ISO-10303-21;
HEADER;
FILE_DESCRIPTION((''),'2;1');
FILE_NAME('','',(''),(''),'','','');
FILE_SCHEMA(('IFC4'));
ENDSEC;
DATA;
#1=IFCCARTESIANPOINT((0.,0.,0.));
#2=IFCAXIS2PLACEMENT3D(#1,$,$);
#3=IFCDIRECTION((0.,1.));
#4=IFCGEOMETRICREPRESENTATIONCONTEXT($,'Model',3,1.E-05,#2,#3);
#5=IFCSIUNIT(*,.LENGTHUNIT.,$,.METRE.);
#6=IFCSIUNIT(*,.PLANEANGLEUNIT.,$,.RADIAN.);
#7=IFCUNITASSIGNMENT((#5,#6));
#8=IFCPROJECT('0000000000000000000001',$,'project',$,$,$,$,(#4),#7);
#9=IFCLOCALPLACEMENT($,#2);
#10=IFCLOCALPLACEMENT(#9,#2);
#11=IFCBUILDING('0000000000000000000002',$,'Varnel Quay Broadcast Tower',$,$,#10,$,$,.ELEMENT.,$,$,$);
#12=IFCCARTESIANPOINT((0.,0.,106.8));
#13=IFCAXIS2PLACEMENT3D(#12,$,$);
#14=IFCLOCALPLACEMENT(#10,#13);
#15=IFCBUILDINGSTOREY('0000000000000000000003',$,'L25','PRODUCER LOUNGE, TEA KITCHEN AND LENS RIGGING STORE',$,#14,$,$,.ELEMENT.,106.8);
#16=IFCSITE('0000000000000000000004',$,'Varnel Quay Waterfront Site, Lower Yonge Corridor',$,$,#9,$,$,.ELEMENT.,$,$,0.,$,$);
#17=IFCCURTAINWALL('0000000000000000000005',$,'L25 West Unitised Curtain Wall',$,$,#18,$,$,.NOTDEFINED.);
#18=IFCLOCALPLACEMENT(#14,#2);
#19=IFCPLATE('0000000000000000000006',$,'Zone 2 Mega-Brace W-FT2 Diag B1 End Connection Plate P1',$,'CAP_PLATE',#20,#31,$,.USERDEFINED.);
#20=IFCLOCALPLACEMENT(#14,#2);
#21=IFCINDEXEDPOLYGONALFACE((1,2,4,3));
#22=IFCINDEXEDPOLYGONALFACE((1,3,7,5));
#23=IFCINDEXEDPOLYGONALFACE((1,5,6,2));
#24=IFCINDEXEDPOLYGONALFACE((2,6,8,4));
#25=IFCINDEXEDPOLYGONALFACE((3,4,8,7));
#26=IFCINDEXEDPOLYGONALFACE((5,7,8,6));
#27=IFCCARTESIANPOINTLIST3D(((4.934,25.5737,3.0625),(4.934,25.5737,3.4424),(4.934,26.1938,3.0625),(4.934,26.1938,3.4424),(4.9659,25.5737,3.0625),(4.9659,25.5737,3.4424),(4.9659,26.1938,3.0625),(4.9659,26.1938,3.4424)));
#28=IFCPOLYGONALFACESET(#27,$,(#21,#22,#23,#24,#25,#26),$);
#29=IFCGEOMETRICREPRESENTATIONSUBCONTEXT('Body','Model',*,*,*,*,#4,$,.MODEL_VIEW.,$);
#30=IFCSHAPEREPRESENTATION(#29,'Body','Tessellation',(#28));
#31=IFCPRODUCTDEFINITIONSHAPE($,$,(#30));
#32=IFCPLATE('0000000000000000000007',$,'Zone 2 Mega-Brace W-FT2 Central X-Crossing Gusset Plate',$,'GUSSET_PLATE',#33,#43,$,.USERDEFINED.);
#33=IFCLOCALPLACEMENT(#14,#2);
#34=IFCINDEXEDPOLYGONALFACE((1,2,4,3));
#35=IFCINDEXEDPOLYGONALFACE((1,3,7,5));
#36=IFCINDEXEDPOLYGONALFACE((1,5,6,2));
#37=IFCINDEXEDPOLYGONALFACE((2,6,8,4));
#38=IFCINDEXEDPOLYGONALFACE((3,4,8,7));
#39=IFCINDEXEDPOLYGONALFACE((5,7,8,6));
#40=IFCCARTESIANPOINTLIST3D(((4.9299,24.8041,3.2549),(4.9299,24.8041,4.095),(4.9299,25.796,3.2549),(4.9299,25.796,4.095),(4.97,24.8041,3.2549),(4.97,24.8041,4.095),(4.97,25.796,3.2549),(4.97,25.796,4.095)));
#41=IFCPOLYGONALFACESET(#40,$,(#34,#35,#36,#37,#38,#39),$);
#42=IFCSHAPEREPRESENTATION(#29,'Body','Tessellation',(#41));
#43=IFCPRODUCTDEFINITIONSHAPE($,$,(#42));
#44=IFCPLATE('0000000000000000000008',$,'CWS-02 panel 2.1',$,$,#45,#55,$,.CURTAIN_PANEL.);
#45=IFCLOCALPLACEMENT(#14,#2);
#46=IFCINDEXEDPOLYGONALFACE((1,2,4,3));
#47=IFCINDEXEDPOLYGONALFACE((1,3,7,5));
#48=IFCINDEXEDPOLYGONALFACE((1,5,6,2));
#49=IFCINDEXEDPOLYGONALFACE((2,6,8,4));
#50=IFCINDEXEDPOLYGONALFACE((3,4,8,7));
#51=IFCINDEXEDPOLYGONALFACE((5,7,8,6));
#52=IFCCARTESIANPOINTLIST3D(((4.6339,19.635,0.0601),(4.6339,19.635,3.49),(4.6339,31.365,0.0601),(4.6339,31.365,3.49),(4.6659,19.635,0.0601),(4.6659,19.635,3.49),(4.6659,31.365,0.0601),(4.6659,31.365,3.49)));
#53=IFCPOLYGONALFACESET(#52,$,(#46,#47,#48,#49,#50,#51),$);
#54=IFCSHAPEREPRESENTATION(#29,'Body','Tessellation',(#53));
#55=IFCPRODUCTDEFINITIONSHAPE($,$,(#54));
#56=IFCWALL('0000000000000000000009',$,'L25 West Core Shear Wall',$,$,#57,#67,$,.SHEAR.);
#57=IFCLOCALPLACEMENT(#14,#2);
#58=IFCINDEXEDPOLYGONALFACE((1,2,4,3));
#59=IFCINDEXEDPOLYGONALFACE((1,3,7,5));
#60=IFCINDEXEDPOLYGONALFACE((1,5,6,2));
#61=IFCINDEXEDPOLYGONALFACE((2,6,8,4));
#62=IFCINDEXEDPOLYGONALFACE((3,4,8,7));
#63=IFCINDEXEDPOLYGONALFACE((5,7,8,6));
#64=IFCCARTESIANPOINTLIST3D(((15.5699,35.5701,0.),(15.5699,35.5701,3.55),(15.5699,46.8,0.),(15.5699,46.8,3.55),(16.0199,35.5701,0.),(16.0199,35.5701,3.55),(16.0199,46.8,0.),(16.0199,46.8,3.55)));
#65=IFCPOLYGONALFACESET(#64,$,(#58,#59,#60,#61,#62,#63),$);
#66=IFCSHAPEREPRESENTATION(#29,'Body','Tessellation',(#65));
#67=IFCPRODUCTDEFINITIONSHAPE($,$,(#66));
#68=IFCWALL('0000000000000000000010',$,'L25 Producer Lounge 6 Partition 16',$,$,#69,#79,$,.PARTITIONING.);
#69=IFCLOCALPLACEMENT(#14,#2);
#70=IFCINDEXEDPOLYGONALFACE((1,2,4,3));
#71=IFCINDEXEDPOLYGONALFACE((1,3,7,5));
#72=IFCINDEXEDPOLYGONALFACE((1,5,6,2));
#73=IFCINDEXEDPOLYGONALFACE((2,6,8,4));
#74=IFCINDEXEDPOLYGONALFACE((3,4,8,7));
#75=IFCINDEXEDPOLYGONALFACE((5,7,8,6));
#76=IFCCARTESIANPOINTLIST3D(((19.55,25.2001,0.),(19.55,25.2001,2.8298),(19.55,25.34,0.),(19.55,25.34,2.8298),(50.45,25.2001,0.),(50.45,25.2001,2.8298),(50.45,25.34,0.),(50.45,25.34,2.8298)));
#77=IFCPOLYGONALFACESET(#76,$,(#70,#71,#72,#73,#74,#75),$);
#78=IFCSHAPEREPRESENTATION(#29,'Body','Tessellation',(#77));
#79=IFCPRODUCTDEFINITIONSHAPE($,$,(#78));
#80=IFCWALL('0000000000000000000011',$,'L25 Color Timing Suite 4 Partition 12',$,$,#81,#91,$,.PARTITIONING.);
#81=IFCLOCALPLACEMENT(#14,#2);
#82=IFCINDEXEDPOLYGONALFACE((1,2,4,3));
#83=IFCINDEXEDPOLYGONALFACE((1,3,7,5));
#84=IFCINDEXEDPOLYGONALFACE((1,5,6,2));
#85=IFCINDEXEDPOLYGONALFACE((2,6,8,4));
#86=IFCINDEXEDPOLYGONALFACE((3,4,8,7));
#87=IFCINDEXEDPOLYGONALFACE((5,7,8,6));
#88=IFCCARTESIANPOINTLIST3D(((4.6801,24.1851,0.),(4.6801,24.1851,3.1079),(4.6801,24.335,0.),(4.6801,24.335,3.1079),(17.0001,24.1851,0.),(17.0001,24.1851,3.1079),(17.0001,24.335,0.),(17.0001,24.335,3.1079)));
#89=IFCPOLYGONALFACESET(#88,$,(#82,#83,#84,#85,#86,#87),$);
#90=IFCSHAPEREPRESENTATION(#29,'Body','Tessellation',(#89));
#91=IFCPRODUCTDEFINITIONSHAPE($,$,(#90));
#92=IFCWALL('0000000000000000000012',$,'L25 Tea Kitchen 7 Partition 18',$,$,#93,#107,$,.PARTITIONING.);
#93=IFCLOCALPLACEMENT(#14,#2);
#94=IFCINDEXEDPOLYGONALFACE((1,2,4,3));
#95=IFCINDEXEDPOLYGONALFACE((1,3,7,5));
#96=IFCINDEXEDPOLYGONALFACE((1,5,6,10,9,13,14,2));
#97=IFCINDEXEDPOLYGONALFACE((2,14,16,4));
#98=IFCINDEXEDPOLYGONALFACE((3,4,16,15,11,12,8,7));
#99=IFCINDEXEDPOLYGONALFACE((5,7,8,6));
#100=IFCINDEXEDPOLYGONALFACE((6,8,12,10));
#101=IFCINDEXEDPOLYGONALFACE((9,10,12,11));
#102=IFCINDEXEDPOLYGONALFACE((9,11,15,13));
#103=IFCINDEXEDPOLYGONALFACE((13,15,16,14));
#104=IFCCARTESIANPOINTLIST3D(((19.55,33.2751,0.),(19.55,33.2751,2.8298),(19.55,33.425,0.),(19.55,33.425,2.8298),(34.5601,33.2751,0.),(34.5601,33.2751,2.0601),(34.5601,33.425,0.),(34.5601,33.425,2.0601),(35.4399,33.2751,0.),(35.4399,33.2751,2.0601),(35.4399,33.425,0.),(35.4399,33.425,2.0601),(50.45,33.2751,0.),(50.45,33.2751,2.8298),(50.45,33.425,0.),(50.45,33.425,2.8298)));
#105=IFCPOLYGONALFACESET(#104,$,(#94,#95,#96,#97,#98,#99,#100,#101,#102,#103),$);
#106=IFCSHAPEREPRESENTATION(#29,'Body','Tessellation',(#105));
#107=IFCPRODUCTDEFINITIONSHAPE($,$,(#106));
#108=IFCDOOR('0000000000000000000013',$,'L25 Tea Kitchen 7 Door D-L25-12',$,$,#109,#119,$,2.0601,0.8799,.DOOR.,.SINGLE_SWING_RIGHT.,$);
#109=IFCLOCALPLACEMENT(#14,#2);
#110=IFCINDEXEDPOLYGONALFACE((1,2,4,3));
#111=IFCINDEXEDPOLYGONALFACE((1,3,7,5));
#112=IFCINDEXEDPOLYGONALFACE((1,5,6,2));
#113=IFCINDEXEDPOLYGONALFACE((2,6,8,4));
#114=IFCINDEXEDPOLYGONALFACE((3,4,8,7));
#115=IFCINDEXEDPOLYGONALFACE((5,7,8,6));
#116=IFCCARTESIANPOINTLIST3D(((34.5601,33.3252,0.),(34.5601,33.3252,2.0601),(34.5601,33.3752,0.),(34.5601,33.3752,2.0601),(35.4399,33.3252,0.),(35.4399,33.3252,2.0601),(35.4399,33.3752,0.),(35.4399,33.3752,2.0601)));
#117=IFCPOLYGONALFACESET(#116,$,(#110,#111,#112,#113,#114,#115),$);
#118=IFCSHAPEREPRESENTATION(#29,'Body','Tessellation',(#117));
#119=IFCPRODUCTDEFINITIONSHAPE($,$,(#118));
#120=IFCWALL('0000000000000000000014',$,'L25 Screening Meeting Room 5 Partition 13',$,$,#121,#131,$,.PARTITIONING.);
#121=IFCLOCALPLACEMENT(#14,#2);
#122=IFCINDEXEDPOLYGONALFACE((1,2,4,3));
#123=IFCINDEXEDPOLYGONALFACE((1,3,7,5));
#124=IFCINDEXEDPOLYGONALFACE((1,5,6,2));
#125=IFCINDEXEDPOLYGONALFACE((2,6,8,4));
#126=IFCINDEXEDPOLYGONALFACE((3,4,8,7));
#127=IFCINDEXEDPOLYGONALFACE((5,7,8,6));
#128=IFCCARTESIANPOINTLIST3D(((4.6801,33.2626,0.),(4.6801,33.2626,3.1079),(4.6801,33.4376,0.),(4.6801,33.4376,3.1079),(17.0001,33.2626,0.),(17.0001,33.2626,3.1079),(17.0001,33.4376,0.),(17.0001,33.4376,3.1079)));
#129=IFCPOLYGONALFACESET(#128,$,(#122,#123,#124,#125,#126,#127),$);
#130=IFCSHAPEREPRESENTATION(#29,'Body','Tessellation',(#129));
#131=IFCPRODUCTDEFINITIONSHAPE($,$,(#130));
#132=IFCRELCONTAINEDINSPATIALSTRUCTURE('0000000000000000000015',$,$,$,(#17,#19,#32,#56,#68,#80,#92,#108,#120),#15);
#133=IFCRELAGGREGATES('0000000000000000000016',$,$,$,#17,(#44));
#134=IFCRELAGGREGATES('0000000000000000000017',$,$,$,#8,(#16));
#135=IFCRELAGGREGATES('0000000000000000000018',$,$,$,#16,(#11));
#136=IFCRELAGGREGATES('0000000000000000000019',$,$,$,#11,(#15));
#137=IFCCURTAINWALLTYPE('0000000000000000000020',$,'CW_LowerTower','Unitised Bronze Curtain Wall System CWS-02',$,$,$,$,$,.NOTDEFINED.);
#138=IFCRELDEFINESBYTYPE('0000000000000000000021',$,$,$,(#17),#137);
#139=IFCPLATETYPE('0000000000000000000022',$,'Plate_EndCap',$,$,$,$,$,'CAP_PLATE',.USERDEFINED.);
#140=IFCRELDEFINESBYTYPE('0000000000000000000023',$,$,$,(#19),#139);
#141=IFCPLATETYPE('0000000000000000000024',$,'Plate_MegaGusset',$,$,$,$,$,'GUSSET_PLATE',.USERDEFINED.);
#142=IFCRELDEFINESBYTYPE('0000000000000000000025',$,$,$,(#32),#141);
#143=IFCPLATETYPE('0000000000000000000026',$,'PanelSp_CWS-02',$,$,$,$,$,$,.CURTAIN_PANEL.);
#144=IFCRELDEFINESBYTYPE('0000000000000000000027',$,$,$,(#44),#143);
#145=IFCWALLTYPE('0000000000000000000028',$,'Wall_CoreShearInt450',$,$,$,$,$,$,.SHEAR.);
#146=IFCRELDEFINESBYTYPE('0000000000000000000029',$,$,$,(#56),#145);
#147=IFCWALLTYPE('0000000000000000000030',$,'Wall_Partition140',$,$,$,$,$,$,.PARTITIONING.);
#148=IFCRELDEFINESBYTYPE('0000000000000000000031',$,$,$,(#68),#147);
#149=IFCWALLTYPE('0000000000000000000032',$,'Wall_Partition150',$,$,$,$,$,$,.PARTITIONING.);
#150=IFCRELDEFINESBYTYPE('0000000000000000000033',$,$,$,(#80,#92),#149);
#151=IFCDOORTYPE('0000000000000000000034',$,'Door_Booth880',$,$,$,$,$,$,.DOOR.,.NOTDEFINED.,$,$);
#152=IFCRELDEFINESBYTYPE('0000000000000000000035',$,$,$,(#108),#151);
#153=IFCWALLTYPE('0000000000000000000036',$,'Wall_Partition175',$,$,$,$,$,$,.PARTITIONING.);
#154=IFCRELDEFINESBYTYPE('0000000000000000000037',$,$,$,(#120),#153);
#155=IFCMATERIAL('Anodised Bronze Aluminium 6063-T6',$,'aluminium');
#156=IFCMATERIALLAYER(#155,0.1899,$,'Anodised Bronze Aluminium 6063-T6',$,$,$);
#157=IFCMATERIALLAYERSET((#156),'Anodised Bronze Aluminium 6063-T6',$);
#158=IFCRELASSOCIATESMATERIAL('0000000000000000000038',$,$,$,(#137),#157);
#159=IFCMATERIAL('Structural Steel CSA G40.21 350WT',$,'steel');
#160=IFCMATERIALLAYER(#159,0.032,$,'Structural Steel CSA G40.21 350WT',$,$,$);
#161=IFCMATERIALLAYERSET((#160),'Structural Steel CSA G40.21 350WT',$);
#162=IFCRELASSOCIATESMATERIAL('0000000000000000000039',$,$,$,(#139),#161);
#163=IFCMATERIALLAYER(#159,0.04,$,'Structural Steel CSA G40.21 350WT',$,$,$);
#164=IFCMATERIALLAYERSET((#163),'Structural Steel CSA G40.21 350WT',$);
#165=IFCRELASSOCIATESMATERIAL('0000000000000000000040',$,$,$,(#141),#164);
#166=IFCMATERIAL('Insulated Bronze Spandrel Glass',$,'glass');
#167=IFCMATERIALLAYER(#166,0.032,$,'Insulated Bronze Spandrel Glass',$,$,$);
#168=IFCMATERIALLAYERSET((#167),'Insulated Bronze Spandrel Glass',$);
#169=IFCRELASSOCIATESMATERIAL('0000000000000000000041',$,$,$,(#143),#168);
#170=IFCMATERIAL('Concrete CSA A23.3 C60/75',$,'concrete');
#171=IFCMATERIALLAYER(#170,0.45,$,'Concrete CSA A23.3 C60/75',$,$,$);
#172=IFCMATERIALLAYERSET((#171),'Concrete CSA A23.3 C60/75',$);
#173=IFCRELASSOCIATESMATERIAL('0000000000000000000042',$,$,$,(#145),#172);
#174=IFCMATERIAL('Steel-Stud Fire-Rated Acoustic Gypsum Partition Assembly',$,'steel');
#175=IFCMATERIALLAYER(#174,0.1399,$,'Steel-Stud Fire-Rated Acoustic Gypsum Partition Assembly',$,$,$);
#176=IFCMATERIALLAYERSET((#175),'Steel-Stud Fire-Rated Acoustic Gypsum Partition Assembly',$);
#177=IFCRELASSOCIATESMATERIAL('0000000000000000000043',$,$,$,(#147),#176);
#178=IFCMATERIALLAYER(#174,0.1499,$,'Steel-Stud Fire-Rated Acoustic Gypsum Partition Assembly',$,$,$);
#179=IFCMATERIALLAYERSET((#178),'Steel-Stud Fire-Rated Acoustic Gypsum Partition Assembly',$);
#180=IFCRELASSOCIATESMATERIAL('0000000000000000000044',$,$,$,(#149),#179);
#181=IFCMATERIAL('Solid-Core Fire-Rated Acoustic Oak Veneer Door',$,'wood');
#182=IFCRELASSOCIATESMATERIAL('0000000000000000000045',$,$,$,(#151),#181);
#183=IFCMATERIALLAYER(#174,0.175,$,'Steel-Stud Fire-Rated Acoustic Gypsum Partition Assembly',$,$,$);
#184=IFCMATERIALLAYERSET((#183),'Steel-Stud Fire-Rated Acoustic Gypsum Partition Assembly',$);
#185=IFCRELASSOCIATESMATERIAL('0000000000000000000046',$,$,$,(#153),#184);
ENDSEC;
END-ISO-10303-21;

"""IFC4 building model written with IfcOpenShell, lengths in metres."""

from ifc_helpers import new_model, si_unit, direction, frame, frame_2d, origin, origin_2d, place, context, subcontext, project, spatial, rectangle, extrude, source, transform, mapped, material, layer, layer_set, type_object, type_shapes, element, fill, aggregate, save


model = new_model("IFC4")

# Units and contexts
model_context = context("Model", 3, precision=1e-05, world=origin(), true_north=direction((0.0, 1.0)))
body_context = subcontext(model_context, "Body", "Model", "MODEL_VIEW")
ifc_project = project(units=[si_unit("LENGTHUNIT", "METRE"), si_unit("PLANEANGLEUNIT", "RADIAN")], contexts=[model_context])

# Site, building, storey
site_placement = place(None, origin())
site = spatial("IfcSite", under=ifc_project, at=site_placement, Name="Varnel Quay Waterfront Site, Lower Yonge Corridor", CompositionType="ELEMENT", RefElevation=0.0)
building_placement = place(site_placement, origin())
building = spatial("IfcBuilding", under=site, at=building_placement, Name="Varnel Quay Broadcast Tower", CompositionType="ELEMENT")
storey_placement = place(building_placement, frame((0.0, 0.0, 106.8)))
storey = spatial("IfcBuildingStorey", under=building, at=storey_placement, Name="L25", Description="PRODUCER LOUNGE, TEA KITCHEN AND LENS RIGGING STORE", CompositionType="ELEMENT", Elevation=106.8)

# Shared definitions
ifc_material_1 = material(Name="Structural Steel CSA G40.21 350WT", Category="steel")

# Shared definitions
ifc_material_2 = material(Name="Concrete CSA A23.3 C60/75", Category="concrete")

# Curtain wall
ifc_material_3 = material(Name="Anodised Bronze Aluminium 6063-T6", Category="aluminium")
ifc_layer_1 = layer(ifc_material_3, 0.1899, Name="Anodised Bronze Aluminium 6063-T6")
ifc_layer_set_1 = layer_set([ifc_layer_1], Name="Anodised Bronze Aluminium 6063-T6")
curtain_wall_type = type_object("IfcCurtainWallType", Name="CW_LowerTower", Description="Unitised Bronze Curtain Wall System CWS-02", PredefinedType="NOTDEFINED", material=ifc_layer_set_1)
curtain_wall_placement = place(storey_placement, origin())
curtain_wall = element("IfcCurtainWall", 1, at=curtain_wall_placement, inside=storey, type_object=curtain_wall_type, Name="L25 West Unitised Curtain Wall", PredefinedType="NOTDEFINED")

# Plates
ifc_layer_2 = layer(ifc_material_1, 0.032, Name="Structural Steel CSA G40.21 350WT")
ifc_layer_set_2 = layer_set([ifc_layer_2], Name="Structural Steel CSA G40.21 350WT")
plate_type_1 = type_object("IfcPlateType", Name="Plate_EndCap", ElementType="CAP_PLATE", PredefinedType="USERDEFINED", material=ifc_layer_set_2)
shared_shape_1 = source(origin(), body_context, "Body", "SweptSolid", [
    extrude(rectangle(XDim=0.6201, YDim=0.032, at=origin_2d()), origin(), (0.0, 0.0, 1.0), 0.3799),
])
type_shapes(plate_type_1, [shared_shape_1])
plate_1_placement = place(storey_placement, frame((4.95, 25.8838, 3.0625), z_axis=(0.0, 0.0, 1.0), x_axis=(0.0, 1.0, 0.0)))
element("IfcPlate", 2, at=plate_1_placement, inside=storey, type_object=plate_type_1, Name="Zone 2 Mega-Brace W-FT2 Diag B1 End Connection Plate P1", ObjectType="CAP_PLATE", PredefinedType="USERDEFINED", context=body_context, shape_type="MappedRepresentation", body=[
    mapped(shared_shape_1, transform((0.0, 0.0, 0.0), x_axis=(1.0, 0.0, 0.0), y_axis=(0.0, 1.0, 0.0), z_axis=(0.0, 0.0, 1.0), scale=1.0)),
])
ifc_layer_3 = layer(ifc_material_1, 0.04, Name="Structural Steel CSA G40.21 350WT")
ifc_layer_set_3 = layer_set([ifc_layer_3], Name="Structural Steel CSA G40.21 350WT")
plate_type_2 = type_object("IfcPlateType", Name="Plate_MegaGusset", ElementType="GUSSET_PLATE", PredefinedType="USERDEFINED", material=ifc_layer_set_3)
shared_shape_2 = source(origin(), body_context, "Body", "SweptSolid", [
    extrude(rectangle(XDim=0.9919, YDim=0.04, at=origin_2d()), origin(), (0.0, 0.0, 1.0), 0.8401),
])
type_shapes(plate_type_2, [shared_shape_2])
plate_2_placement = place(storey_placement, frame((4.95, 25.3, 3.2549), z_axis=(0.0, 0.0, 1.0), x_axis=(0.0, 1.0, 0.0)))
element("IfcPlate", 3, at=plate_2_placement, inside=storey, type_object=plate_type_2, Name="Zone 2 Mega-Brace W-FT2 Central X-Crossing Gusset Plate", ObjectType="GUSSET_PLATE", PredefinedType="USERDEFINED", context=body_context, shape_type="MappedRepresentation", body=[
    mapped(shared_shape_2, transform((0.0, 0.0, 0.0), x_axis=(1.0, 0.0, 0.0), y_axis=(0.0, 1.0, 0.0), z_axis=(0.0, 0.0, 1.0), scale=1.0)),
])

# Plate
ifc_material_4 = material(Name="Insulated Bronze Spandrel Glass", Category="glass")
ifc_layer_4 = layer(ifc_material_4, 0.032, Name="Insulated Bronze Spandrel Glass")
ifc_layer_set_4 = layer_set([ifc_layer_4], Name="Insulated Bronze Spandrel Glass")
plate_type_3 = type_object("IfcPlateType", Name="PanelSp_CWS-02", PredefinedType="CURTAIN_PANEL", material=ifc_layer_set_4)
shared_shape_3 = source(origin(), body_context, "Body", "SweptSolid", [
    extrude(rectangle(XDim=11.73, YDim=0.032, at=origin_2d()), origin(), (0.0, 0.0, 1.0), 3.4299),
])
type_shapes(plate_type_3, [shared_shape_3])
plate_3_placement = place(storey_placement, frame((4.6499, 25.5, 0.0601), z_axis=(0.0, 0.0, 1.0), x_axis=(0.0, 1.0, 0.0)))
plate_3 = element("IfcPlate", 4, at=plate_3_placement, type_object=plate_type_3, Name="CWS-02 panel 2.1", PredefinedType="CURTAIN_PANEL", context=body_context, shape_type="MappedRepresentation", body=[
    mapped(shared_shape_3, transform((0.0, 0.0, 0.0), x_axis=(1.0, 0.0, 0.0), y_axis=(0.0, 1.0, 0.0), z_axis=(0.0, 0.0, 1.0), scale=1.0)),
])
aggregate(curtain_wall, [plate_3])

# Walls
ifc_layer_5 = layer(ifc_material_2, 0.45, Name="Concrete CSA A23.3 C60/75")
ifc_layer_set_5 = layer_set([ifc_layer_5], Name="Concrete CSA A23.3 C60/75")
wall_type_1 = type_object("IfcWallType", Name="Wall_CoreShearInt450", PredefinedType="SHEAR", material=ifc_layer_set_5)
wall_1_placement = place(storey_placement, frame((15.7949, 35.5701, 0.0), z_axis=(0.0, 0.0, 1.0), x_axis=(0.0, 1.0, 0.0)))
element("IfcWall", 5, at=wall_1_placement, inside=storey, type_object=wall_type_1, Name="L25 West Core Shear Wall", PredefinedType="SHEAR", context=body_context, shape_type="SweptSolid", body=[
    extrude(rectangle(XDim=11.23, YDim=0.45, at=frame_2d((5.615, 0.0))), origin(), (0.0, 0.0, 1.0), 3.55),
])
ifc_material_5 = material(Name="Steel-Stud Fire-Rated Acoustic Gypsum Partition Assembly", Category="steel")
ifc_layer_6 = layer(ifc_material_5, 0.1399, Name="Steel-Stud Fire-Rated Acoustic Gypsum Partition Assembly")
ifc_layer_set_6 = layer_set([ifc_layer_6], Name="Steel-Stud Fire-Rated Acoustic Gypsum Partition Assembly")
wall_type_2 = type_object("IfcWallType", Name="Wall_Partition140", PredefinedType="PARTITIONING", material=ifc_layer_set_6)
wall_2_placement = place(storey_placement, frame((19.55, 25.27, 0.0), z_axis=(0.0, 0.0, 1.0), x_axis=(1.0, 0.0, 0.0)))
element("IfcWall", 6, at=wall_2_placement, inside=storey, type_object=wall_type_2, Name="L25 Producer Lounge 6 Partition 16", PredefinedType="PARTITIONING", context=body_context, shape_type="SweptSolid", body=[
    extrude(rectangle(XDim=30.8999, YDim=0.1399, at=frame_2d((15.45, 0.0))), origin(), (0.0, 0.0, 1.0), 2.8298),
])
ifc_layer_7 = layer(ifc_material_5, 0.1499, Name="Steel-Stud Fire-Rated Acoustic Gypsum Partition Assembly")
ifc_layer_set_7 = layer_set([ifc_layer_7], Name="Steel-Stud Fire-Rated Acoustic Gypsum Partition Assembly")
wall_type_3 = type_object("IfcWallType", Name="Wall_Partition150", PredefinedType="PARTITIONING", material=ifc_layer_set_7)
wall_3_placement = place(storey_placement, frame((4.6799, 24.26, 0.0), z_axis=(0.0, 0.0, 1.0), x_axis=(1.0, 0.0, 0.0)))
element("IfcWall", 7, at=wall_3_placement, inside=storey, type_object=wall_type_3, Name="L25 Color Timing Suite 4 Partition 12", PredefinedType="PARTITIONING", context=body_context, shape_type="SweptSolid", body=[
    extrude(rectangle(XDim=12.3201, YDim=0.1499, at=frame_2d((6.1602, 0.0))), origin(), (0.0, 0.0, 1.0), 3.1079),
])

# Wall, opening, door
wall_4_placement = place(storey_placement, frame((19.55, 33.3501, 0.0), z_axis=(0.0, 0.0, 1.0), x_axis=(1.0, 0.0, 0.0)))
wall_4 = element("IfcWall", 8, at=wall_4_placement, inside=storey, type_object=wall_type_3, Name="L25 Tea Kitchen 7 Partition 18", PredefinedType="PARTITIONING", context=body_context, shape_type="SweptSolid", body=[
    extrude(rectangle(XDim=30.8999, YDim=0.1499, at=frame_2d((15.45, 0.0))), origin(), (0.0, 0.0, 1.0), 2.8298),
])
opening_placement = place(wall_4_placement, frame((15.01, 0.0, 0.0)))
opening = element("IfcOpeningElement", 9, at=opening_placement, cuts=wall_4, PredefinedType="OPENING", context=body_context, shape_type="SweptSolid", body=[
    extrude(rectangle(XDim=0.8799, YDim=2.0601, at=frame_2d((0.4399, 1.03))), frame((0.0, 0.085, 0.0), z_axis=(0.0, -1.0, 0.0), x_axis=(1.0, 0.0, 0.0)), (0.0, 0.0, 1.0), 0.1699),
])
ifc_material_6 = material(Name="Solid-Core Fire-Rated Acoustic Oak Veneer Door", Category="wood")
door_type = type_object("IfcDoorType", Name="Door_Booth880", OperationType="NOTDEFINED", PredefinedType="DOOR", material=ifc_material_6)
shared_shape_4 = source(origin(), body_context, "Body", "SweptSolid", [
    extrude(rectangle(XDim=0.8799, YDim=2.0601, at=frame_2d((0.4399, 1.03))), frame((0.0, 0.0249, 0.0), z_axis=(0.0, -1.0, 0.0), x_axis=(1.0, 0.0, 0.0)), (0.0, 0.0, 1.0), 0.05),
])
type_shapes(door_type, [shared_shape_4])
door_placement = place(opening_placement, frame((0.8799, 0.0, 0.0), z_axis=(0.0, 0.0, 1.0), x_axis=(-1.0, 0.0, 0.0)))
door = element("IfcDoor", 10, at=door_placement, inside=storey, type_object=door_type, Name="L25 Tea Kitchen 7 Door D-L25-12", OperationType="SINGLE_SWING_RIGHT", OverallHeight=2.0601, OverallWidth=0.8799, PredefinedType="DOOR", context=body_context, shape_type="MappedRepresentation", body=[
    mapped(shared_shape_4, transform((0.0, 0.0, 0.0), x_axis=(1.0, 0.0, 0.0), y_axis=(0.0, 1.0, 0.0), z_axis=(0.0, 0.0, 1.0), scale=1.0)),
])
fill(opening, door)

# Wall
ifc_layer_8 = layer(ifc_material_5, 0.175, Name="Steel-Stud Fire-Rated Acoustic Gypsum Partition Assembly")
ifc_layer_set_8 = layer_set([ifc_layer_8], Name="Steel-Stud Fire-Rated Acoustic Gypsum Partition Assembly")
wall_type_4 = type_object("IfcWallType", Name="Wall_Partition175", PredefinedType="PARTITIONING", material=ifc_layer_set_8)
wall_5_placement = place(storey_placement, frame((4.6799, 33.3501, 0.0), z_axis=(0.0, 0.0, 1.0), x_axis=(1.0, 0.0, 0.0)))
element("IfcWall", 11, at=wall_5_placement, inside=storey, type_object=wall_type_4, Name="L25 Screening Meeting Room 5 Partition 13", PredefinedType="PARTITIONING", context=body_context, shape_type="SweptSolid", body=[
    extrude(rectangle(XDim=12.3201, YDim=0.175, at=frame_2d((6.1602, 0.0))), origin(), (0.0, 0.0, 1.0), 3.1079),
])

save(model, "model.ifc")
